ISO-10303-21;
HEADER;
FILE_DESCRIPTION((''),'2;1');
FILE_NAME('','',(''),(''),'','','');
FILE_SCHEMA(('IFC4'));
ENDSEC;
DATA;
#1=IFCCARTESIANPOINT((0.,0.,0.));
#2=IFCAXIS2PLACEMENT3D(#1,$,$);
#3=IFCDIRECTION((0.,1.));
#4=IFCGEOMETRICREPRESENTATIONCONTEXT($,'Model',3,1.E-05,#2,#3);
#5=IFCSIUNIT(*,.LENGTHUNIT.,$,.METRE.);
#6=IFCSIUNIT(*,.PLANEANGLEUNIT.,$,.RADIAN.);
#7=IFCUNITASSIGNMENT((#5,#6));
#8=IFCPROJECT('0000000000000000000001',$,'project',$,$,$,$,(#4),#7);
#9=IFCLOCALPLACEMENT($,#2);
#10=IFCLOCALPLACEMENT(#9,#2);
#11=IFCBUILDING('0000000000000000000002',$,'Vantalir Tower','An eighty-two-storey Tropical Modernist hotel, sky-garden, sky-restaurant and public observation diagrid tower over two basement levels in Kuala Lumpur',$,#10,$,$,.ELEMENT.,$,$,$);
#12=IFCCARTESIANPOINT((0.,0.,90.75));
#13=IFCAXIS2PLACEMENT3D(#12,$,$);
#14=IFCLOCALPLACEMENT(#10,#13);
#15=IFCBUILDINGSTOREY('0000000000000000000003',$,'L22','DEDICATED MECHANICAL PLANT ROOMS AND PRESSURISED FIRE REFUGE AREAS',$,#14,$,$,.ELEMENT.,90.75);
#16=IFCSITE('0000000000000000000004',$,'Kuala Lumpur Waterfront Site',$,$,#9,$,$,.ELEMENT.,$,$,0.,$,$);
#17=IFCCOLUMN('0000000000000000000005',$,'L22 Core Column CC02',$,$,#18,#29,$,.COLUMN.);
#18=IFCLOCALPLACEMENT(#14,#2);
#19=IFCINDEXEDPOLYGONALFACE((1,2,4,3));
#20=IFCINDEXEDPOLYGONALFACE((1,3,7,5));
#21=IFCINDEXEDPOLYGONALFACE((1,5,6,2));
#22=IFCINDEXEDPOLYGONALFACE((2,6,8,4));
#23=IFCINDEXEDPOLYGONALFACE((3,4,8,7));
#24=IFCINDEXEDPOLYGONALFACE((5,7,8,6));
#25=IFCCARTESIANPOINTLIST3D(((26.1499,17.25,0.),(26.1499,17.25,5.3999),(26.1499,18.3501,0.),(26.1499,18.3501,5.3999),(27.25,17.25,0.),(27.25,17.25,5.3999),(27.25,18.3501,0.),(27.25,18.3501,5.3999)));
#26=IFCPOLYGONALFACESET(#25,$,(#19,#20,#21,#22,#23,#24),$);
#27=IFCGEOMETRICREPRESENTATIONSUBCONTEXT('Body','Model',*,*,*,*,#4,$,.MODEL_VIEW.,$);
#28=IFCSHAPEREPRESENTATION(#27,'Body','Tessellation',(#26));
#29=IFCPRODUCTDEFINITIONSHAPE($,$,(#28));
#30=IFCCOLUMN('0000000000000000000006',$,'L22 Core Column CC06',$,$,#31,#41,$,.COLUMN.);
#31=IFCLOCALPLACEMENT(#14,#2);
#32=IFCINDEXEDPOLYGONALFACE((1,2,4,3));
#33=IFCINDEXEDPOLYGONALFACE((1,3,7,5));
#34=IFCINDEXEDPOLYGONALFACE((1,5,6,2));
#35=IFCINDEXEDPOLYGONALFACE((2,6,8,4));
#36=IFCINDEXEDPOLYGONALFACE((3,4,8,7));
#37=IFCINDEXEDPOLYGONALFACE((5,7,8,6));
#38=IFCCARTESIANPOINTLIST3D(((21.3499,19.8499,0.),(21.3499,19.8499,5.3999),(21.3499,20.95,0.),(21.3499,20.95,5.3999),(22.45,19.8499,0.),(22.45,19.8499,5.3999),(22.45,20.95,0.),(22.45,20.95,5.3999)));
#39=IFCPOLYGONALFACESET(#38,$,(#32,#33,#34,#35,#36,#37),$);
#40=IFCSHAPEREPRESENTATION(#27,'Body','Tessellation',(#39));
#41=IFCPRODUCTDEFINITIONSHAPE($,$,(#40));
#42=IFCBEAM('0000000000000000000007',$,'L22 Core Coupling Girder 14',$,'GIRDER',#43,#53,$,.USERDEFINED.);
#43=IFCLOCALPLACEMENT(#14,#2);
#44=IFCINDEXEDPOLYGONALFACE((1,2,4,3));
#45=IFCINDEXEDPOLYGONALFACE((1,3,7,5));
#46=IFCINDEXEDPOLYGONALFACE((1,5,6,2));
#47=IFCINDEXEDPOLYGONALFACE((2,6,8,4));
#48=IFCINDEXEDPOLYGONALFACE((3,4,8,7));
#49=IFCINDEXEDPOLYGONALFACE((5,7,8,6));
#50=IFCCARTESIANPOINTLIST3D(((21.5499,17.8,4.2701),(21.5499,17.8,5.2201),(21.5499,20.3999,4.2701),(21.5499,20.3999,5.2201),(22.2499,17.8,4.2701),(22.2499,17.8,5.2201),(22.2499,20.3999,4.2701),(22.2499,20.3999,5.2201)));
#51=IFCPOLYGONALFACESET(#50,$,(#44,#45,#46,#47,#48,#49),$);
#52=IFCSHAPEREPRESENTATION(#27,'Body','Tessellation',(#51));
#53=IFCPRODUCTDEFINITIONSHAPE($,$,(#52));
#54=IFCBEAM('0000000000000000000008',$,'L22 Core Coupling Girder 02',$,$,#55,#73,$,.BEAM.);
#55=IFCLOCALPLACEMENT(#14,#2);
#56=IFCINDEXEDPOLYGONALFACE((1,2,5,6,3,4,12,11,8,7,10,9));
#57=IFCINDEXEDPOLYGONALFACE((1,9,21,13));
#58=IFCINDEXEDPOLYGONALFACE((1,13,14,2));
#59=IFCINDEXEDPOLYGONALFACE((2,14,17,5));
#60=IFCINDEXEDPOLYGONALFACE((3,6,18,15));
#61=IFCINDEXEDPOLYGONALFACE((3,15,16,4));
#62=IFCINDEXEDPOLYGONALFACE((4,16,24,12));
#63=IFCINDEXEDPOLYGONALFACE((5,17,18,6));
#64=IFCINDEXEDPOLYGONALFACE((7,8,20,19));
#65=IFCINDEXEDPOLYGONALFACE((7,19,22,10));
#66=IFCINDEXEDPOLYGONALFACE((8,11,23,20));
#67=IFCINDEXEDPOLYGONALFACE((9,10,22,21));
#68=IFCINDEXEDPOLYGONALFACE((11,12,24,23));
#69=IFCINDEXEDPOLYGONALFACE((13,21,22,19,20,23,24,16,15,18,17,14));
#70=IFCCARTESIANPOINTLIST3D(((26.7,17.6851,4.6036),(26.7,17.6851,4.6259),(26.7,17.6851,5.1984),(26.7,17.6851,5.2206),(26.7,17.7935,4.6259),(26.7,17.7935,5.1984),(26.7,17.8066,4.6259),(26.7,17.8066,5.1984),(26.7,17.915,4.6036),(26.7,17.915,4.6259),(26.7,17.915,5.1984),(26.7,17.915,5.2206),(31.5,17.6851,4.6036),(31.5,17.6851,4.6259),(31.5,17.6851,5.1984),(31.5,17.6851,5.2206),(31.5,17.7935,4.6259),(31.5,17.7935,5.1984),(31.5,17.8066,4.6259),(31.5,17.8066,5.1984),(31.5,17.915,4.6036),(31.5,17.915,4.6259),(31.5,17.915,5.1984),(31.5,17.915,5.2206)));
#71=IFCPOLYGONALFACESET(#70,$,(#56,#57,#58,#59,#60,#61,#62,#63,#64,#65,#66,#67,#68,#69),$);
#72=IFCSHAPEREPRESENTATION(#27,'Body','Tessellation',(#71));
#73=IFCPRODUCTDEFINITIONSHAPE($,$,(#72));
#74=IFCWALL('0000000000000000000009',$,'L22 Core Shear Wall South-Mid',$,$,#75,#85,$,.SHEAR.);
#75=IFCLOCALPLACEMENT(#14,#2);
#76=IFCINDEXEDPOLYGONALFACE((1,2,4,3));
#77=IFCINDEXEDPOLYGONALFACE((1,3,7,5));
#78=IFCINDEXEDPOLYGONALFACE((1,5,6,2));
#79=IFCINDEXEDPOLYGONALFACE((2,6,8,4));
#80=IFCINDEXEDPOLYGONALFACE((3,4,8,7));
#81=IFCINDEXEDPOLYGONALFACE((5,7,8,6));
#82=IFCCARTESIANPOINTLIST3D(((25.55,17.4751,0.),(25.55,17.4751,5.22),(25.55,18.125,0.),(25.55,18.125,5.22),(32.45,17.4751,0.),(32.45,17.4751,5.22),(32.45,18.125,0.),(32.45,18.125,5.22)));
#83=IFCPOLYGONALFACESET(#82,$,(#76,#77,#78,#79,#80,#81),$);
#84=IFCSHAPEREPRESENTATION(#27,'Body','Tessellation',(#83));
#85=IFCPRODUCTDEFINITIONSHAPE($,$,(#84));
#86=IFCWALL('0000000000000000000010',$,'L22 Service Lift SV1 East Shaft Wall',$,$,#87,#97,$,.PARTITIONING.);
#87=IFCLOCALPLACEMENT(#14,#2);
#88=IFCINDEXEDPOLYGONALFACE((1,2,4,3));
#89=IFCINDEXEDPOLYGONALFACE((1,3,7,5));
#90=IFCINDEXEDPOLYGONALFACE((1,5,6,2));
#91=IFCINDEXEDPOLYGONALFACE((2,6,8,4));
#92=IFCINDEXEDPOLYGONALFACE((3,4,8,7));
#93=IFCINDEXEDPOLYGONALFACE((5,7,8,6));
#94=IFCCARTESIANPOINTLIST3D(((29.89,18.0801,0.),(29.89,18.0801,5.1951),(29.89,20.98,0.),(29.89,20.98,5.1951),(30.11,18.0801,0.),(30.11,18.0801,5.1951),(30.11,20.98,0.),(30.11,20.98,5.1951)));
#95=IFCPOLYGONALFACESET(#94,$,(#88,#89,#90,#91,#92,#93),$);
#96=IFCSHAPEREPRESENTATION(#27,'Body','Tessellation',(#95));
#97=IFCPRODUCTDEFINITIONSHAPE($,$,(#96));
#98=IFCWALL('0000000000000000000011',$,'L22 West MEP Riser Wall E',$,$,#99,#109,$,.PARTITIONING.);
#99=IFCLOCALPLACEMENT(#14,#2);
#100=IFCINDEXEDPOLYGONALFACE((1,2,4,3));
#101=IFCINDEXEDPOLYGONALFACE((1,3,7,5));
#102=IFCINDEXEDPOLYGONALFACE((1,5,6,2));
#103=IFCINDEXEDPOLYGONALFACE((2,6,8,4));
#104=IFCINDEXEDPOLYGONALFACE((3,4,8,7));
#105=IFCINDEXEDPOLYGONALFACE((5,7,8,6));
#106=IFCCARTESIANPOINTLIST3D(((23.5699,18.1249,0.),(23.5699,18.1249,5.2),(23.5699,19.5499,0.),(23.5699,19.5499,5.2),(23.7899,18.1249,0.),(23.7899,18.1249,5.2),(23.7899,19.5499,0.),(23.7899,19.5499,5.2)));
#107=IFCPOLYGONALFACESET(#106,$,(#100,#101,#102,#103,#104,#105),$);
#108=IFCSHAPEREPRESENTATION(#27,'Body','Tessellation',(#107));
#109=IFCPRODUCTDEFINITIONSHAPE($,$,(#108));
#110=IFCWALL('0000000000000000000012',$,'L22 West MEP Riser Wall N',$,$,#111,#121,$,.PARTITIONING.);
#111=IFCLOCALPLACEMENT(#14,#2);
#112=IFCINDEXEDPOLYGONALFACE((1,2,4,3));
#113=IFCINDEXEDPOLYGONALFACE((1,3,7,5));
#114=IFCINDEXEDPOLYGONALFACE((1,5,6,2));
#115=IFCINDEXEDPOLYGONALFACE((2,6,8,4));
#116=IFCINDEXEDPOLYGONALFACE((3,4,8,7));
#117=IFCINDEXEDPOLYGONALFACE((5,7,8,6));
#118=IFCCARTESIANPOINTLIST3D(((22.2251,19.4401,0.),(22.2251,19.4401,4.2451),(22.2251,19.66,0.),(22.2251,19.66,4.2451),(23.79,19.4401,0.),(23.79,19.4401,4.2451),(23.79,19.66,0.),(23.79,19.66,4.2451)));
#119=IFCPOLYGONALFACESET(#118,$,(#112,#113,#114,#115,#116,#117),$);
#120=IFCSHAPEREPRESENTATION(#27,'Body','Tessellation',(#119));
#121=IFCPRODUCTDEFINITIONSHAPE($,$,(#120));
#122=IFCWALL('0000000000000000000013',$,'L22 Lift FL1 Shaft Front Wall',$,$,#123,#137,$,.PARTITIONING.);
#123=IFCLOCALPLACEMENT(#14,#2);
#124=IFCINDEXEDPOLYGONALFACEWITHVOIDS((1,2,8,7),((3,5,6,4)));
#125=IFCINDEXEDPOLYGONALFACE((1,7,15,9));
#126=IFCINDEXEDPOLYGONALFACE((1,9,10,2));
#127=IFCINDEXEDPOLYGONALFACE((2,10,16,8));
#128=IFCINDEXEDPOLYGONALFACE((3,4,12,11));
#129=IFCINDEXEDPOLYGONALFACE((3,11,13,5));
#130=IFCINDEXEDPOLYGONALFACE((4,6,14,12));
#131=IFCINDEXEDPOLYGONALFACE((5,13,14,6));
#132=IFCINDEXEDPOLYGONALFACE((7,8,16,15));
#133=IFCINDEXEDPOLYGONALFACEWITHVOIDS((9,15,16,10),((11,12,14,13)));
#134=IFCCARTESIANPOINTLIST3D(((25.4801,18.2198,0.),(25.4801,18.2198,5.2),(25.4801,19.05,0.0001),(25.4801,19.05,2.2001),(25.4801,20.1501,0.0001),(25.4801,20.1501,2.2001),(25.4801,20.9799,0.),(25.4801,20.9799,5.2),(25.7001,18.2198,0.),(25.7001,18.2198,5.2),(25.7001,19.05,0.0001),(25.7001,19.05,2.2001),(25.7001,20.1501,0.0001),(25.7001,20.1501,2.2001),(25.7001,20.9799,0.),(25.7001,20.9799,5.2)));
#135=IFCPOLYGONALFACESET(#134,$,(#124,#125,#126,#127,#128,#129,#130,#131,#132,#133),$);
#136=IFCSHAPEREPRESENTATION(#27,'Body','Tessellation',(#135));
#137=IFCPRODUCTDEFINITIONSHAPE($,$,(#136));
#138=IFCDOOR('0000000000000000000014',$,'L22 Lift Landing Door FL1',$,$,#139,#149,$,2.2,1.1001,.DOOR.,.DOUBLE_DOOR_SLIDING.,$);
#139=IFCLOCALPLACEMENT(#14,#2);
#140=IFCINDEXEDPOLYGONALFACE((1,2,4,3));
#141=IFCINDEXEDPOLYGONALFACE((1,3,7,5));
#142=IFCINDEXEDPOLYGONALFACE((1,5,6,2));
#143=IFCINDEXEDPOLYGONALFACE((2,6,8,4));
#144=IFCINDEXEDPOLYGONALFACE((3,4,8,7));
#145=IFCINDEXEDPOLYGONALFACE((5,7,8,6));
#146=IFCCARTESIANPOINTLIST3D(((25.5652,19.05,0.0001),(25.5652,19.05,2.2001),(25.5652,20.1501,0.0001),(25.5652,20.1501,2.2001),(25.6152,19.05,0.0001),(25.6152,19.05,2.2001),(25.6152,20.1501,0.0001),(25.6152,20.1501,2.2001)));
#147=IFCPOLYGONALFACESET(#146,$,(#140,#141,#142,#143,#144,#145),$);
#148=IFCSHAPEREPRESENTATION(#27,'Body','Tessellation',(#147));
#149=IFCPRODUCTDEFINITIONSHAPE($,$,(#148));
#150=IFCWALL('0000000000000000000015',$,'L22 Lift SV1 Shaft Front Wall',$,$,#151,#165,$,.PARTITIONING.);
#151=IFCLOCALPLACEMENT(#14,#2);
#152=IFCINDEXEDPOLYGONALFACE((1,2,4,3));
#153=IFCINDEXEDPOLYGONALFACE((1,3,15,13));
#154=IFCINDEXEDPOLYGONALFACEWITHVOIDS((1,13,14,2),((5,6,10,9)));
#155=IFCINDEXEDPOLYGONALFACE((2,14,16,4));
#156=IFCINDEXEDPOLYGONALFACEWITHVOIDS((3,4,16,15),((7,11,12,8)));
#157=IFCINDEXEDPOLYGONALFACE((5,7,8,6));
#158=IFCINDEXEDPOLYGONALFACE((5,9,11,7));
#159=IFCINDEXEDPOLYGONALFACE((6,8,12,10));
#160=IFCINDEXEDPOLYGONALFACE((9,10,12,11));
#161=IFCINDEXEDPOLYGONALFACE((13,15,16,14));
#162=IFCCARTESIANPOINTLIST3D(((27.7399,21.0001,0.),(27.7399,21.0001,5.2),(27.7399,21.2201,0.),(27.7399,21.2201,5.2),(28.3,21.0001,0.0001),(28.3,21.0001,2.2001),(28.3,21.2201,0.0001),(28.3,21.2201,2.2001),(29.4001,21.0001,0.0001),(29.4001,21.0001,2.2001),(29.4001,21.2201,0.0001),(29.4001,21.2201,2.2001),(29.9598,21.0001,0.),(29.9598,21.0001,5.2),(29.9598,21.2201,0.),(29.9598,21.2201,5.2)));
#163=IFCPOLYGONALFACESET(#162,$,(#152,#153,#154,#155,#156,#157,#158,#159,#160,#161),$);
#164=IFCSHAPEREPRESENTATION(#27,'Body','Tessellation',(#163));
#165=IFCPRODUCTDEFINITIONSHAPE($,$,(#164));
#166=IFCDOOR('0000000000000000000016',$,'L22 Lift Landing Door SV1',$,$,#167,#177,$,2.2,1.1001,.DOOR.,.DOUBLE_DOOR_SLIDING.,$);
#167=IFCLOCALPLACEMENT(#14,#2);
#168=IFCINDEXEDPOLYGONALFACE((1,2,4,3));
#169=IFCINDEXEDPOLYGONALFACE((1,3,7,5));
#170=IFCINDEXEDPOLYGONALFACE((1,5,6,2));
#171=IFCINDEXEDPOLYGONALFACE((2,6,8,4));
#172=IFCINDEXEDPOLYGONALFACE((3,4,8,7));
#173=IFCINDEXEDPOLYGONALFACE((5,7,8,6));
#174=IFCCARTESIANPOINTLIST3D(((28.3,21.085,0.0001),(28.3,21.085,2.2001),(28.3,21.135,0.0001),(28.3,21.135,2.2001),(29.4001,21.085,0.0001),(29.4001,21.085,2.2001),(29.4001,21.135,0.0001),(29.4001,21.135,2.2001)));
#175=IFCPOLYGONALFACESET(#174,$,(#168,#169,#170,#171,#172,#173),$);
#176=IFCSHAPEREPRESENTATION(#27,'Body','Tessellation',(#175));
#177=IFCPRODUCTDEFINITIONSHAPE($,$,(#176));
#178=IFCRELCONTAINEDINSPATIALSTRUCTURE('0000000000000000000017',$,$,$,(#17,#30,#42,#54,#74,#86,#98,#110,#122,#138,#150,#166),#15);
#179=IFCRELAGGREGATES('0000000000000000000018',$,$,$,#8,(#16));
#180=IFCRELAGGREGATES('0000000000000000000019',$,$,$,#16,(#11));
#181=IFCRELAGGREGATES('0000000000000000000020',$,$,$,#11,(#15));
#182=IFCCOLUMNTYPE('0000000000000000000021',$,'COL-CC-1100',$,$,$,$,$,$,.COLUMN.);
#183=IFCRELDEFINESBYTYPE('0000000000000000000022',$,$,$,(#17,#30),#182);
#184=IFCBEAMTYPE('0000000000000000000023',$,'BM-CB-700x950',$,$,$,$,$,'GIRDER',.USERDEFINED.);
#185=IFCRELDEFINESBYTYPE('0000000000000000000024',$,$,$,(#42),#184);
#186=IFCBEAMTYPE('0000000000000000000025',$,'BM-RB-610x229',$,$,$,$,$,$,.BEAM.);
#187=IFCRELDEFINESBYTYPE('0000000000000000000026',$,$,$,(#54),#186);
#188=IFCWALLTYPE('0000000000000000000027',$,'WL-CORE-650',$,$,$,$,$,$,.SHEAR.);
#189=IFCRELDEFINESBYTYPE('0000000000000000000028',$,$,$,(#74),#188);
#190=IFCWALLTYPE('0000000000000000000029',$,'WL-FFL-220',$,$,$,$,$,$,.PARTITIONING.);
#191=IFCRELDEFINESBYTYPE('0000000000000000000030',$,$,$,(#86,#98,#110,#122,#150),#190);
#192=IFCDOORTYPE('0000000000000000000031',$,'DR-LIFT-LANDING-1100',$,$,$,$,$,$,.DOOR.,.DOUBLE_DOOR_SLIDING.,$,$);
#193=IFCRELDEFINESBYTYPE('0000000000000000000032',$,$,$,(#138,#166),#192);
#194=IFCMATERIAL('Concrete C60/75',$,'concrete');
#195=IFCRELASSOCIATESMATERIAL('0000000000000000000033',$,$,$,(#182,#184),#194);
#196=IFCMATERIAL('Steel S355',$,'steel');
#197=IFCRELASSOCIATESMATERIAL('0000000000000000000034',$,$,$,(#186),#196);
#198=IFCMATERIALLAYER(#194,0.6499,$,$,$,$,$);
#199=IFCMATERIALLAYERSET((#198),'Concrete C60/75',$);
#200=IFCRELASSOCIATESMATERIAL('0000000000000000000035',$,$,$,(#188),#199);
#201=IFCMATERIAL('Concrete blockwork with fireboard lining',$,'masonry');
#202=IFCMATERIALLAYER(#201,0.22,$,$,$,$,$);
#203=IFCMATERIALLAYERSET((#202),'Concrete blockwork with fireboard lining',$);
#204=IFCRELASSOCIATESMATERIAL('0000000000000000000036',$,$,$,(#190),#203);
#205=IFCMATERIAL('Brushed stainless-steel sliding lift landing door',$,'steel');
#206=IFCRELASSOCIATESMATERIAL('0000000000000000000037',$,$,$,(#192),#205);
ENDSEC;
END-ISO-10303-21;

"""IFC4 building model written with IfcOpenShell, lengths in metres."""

from ifc_helpers import new_model, si_unit, direction, frame, frame_2d, origin, origin_2d, place, context, subcontext, project, spatial, rectangle, i_section, extrude, material, layer, layer_set, material_profile, profile_set, type_object, element, fill, save


model = new_model("IFC4")

# Units and contexts
model_context = context("Model", 3, precision=1e-05, world=origin(), true_north=direction((0.0, 1.0)))
body_context = subcontext(model_context, "Body", "Model", "MODEL_VIEW")
ifc_project = project(units=[si_unit("LENGTHUNIT", "METRE"), si_unit("PLANEANGLEUNIT", "RADIAN")], contexts=[model_context])

# Site, building, storey
site_placement = place(None, origin())
site = spatial("IfcSite", under=ifc_project, at=site_placement, Name="Kuala Lumpur Waterfront Site", CompositionType="ELEMENT", RefElevation=0.0)
building_placement = place(site_placement, origin())
building = spatial("IfcBuilding", under=site, at=building_placement, Name="Vantalir Tower", Description="An eighty-two-storey Tropical Modernist hotel, sky-garden, sky-restaurant and public observation diagrid tower over two basement levels in Kuala Lumpur", CompositionType="ELEMENT")
storey_placement = place(building_placement, frame((0.0, 0.0, 90.75)))
storey = spatial("IfcBuildingStorey", under=building, at=storey_placement, Name="L22", Description="DEDICATED MECHANICAL PLANT ROOMS AND PRESSURISED FIRE REFUGE AREAS", CompositionType="ELEMENT", Elevation=90.75)

# Columns
ifc_material_1 = material(Name="Concrete C60/75", Category="concrete")
ifc_material_profile_1 = material_profile(ifc_material_1, rectangle(XDim=1.1001, YDim=1.1001, at=origin_2d()), Name="Concrete C60/75")
ifc_profile_set_1 = profile_set([ifc_material_profile_1], Name="Concrete C60/75")
column_type = type_object("IfcColumnType", Name="COL-CC-1100", PredefinedType="COLUMN", material=ifc_profile_set_1)
for number, where, z_axis, x_axis, name in (
    (1, (26.7, 17.8, 0.0), (0.0, 0.0, 1.0), (1.0, 0.0, 0.0), "L22 Core Column CC02"),
    (2, (21.8999, 20.3999, 0.0), (0.0, 0.0, 1.0), (1.0, 0.0, 0.0), "L22 Core Column CC06"),
):
    element("IfcColumn", number, at=place(storey_placement, frame(where, z_axis=z_axis, x_axis=x_axis)), inside=storey, type_object=column_type, Name=name, PredefinedType="COLUMN", context=body_context, shape_type="SweptSolid", body=[
        extrude(rectangle(XDim=1.1001, YDim=1.1001, at=origin_2d()), origin(), (0.0, 0.0, 1.0), 5.3999),
    ])

# Beams
ifc_material_profile_2 = material_profile(ifc_material_1, rectangle(XDim=0.7, YDim=0.95, at=origin_2d()), Name="Concrete C60/75")
ifc_profile_set_2 = profile_set([ifc_material_profile_2], Name="Concrete C60/75")
beam_type_1 = type_object("IfcBeamType", Name="BM-CB-700x950", ElementType="GIRDER", PredefinedType="USERDEFINED", material=ifc_profile_set_2)
beam_1_placement = place(storey_placement, frame((21.8999, 20.3999, 4.7451), z_axis=(0.0, -1.0, 0.0), x_axis=(1.0, 0.0, 0.0)))
element("IfcBeam", 3, at=beam_1_placement, inside=storey, type_object=beam_type_1, Name="L22 Core Coupling Girder 14", ObjectType="GIRDER", PredefinedType="USERDEFINED", context=body_context, shape_type="SweptSolid", body=[
    extrude(rectangle(XDim=0.7, YDim=0.95, at=origin_2d()), origin(), (0.0, 0.0, 1.0), 2.5999),
])
ifc_material_2 = material(Name="Steel S355", Category="steel")
ifc_material_profile_3 = material_profile(ifc_material_2, i_section(OverallWidth=0.23, OverallDepth=0.6169, WebThickness=0.0132, FlangeThickness=0.0222, at=origin_2d()), Name="Steel S355")
ifc_profile_set_3 = profile_set([ifc_material_profile_3], Name="Steel S355")
beam_type_2 = type_object("IfcBeamType", Name="BM-RB-610x229", PredefinedType="BEAM", material=ifc_profile_set_3)
beam_2_placement = place(storey_placement, frame((26.7, 17.8, 4.9121), z_axis=(1.0, 0.0, 0.0), x_axis=(0.0, 1.0, 0.0)))
element("IfcBeam", 4, at=beam_2_placement, inside=storey, type_object=beam_type_2, Name="L22 Core Coupling Girder 02", PredefinedType="BEAM", context=body_context, shape_type="SweptSolid", body=[
    extrude(i_section(OverallWidth=0.23, OverallDepth=0.6169, WebThickness=0.0132, FlangeThickness=0.0222, at=origin_2d()), origin(), (0.0, 0.0, 1.0), 4.8),
])

# Walls
ifc_layer_1 = layer(ifc_material_1, 0.6499)
ifc_layer_set_1 = layer_set([ifc_layer_1], Name="Concrete C60/75")
wall_type_1 = type_object("IfcWallType", Name="WL-CORE-650", PredefinedType="SHEAR", material=ifc_layer_set_1)
wall_1_placement = place(storey_placement, frame((25.55, 17.8, 0.0), z_axis=(0.0, 0.0, 1.0), x_axis=(1.0, 0.0, 0.0)))
element("IfcWall", 5, at=wall_1_placement, inside=storey, type_object=wall_type_1, Name="L22 Core Shear Wall South-Mid", PredefinedType="SHEAR", context=body_context, shape_type="SweptSolid", body=[
    extrude(rectangle(XDim=6.8999, YDim=0.6499, at=frame_2d((3.45, 0.0))), origin(), (0.0, 0.0, 1.0), 5.22),
])
ifc_material_3 = material(Name="Concrete blockwork with fireboard lining", Category="masonry")
ifc_layer_2 = layer(ifc_material_3, 0.22)
ifc_layer_set_2 = layer_set([ifc_layer_2], Name="Concrete blockwork with fireboard lining")
wall_type_2 = type_object("IfcWallType", Name="WL-FFL-220", PredefinedType="PARTITIONING", material=ifc_layer_set_2)
wall_2_placement = place(storey_placement, frame((30.0, 18.0801, 0.0), z_axis=(0.0, 0.0, 1.0), x_axis=(0.0, 1.0, 0.0)))
element("IfcWall", 6, at=wall_2_placement, inside=storey, type_object=wall_type_2, Name="L22 Service Lift SV1 East Shaft Wall", PredefinedType="PARTITIONING", context=body_context, shape_type="SweptSolid", body=[
    extrude(rectangle(XDim=2.8999, YDim=0.22, at=frame_2d((1.45, 0.0))), origin(), (0.0, 0.0, 1.0), 5.1951),
])
wall_3_placement = place(storey_placement, frame((23.6799, 18.125, 0.0), z_axis=(0.0, 0.0, 1.0), x_axis=(0.0, 1.0, 0.0)))
element("IfcWall", 7, at=wall_3_placement, inside=storey, type_object=wall_type_2, Name="L22 West MEP Riser Wall E", PredefinedType="PARTITIONING", context=body_context, shape_type="SweptSolid", body=[
    extrude(rectangle(XDim=1.425, YDim=0.22, at=frame_2d((0.7124, 0.0))), origin(), (0.0, 0.0, 1.0), 5.2),
])
wall_4_placement = place(storey_placement, frame((22.2251, 19.55, 0.0), z_axis=(0.0, 0.0, 1.0), x_axis=(1.0, 0.0, 0.0)))
element("IfcWall", 8, at=wall_4_placement, inside=storey, type_object=wall_type_2, Name="L22 West MEP Riser Wall N", PredefinedType="PARTITIONING", context=body_context, shape_type="SweptSolid", body=[
    extrude(rectangle(XDim=1.5649, YDim=0.22, at=frame_2d((0.7825, 0.0))), origin(), (0.0, 0.0, 1.0), 4.2451),
])

# Walls, openings, doors
wall_5_placement = place(storey_placement, frame((25.5901, 18.22, 0.0), z_axis=(0.0, 0.0, 1.0), x_axis=(0.0, 1.0, 0.0)))
wall_5 = element("IfcWall", 9, at=wall_5_placement, inside=storey, type_object=wall_type_2, Name="L22 Lift FL1 Shaft Front Wall", PredefinedType="PARTITIONING", context=body_context, shape_type="SweptSolid", body=[
    extrude(rectangle(XDim=2.76, YDim=0.22, at=frame_2d((1.3799, 0.0))), origin(), (0.0, 0.0, 1.0), 5.2),
])
opening_1_placement = place(wall_5_placement, frame((0.8301, 0.0, 0.0)))
opening_1 = element("IfcOpeningElement", 10, at=opening_1_placement, cuts=wall_5, PredefinedType="OPENING", context=body_context, shape_type="SweptSolid", body=[
    extrude(rectangle(XDim=1.1001, YDim=2.2, at=frame_2d((0.55, 1.1001))), frame((0.0, 0.1199, 0.0), z_axis=(0.0, -1.0, 0.0), x_axis=(1.0, 0.0, 0.0)), (0.0, 0.0, 1.0), 0.24),
])
ifc_material_4 = material(Name="Brushed stainless-steel sliding lift landing door", Category="steel")
door_type_1 = type_object("IfcDoorType", Name="DR-LIFT-LANDING-1100", OperationType="DOUBLE_DOOR_SLIDING", PredefinedType="DOOR", material=ifc_material_4)
door_1_placement = place(opening_1_placement, origin())
door_1 = element("IfcDoor", 11, at=door_1_placement, inside=storey, type_object=door_type_1, Name="L22 Lift Landing Door FL1", OperationType="DOUBLE_DOOR_SLIDING", OverallHeight=2.2, OverallWidth=1.1001, PredefinedType="DOOR", context=body_context, shape_type="SweptSolid", body=[
    extrude(rectangle(XDim=1.1001, YDim=2.2, at=frame_2d((0.55, 1.1001))), frame((0.0, 0.0249, 0.0), z_axis=(0.0, -1.0, 0.0), x_axis=(1.0, 0.0, 0.0)), (0.0, 0.0, 1.0), 0.05),
])
fill(opening_1, door_1)
wall_6_placement = place(storey_placement, frame((27.74, 21.1101, 0.0), z_axis=(0.0, 0.0, 1.0), x_axis=(1.0, 0.0, 0.0)))
wall_6 = element("IfcWall", 12, at=wall_6_placement, inside=storey, type_object=wall_type_2, Name="L22 Lift SV1 Shaft Front Wall", PredefinedType="PARTITIONING", context=body_context, shape_type="SweptSolid", body=[
    extrude(rectangle(XDim=2.22, YDim=0.22, at=frame_2d((1.1099, 0.0))), origin(), (0.0, 0.0, 1.0), 5.2),
])
opening_2_placement = place(wall_6_placement, frame((0.5601, 0.0, 0.0)))
opening_2 = element("IfcOpeningElement", 13, at=opening_2_placement, cuts=wall_6, PredefinedType="OPENING", context=body_context, shape_type="SweptSolid", body=[
    extrude(rectangle(XDim=1.1001, YDim=2.2, at=frame_2d((0.55, 1.1001))), frame((0.0, 0.1199, 0.0), z_axis=(0.0, -1.0, 0.0), x_axis=(1.0, 0.0, 0.0)), (0.0, 0.0, 1.0), 0.24),
])
door_2_placement = place(opening_2_placement, origin())
door_2 = element("IfcDoor", 14, at=door_2_placement, inside=storey, type_object=door_type_1, Name="L22 Lift Landing Door SV1", OperationType="DOUBLE_DOOR_SLIDING", OverallHeight=2.2, OverallWidth=1.1001, PredefinedType="DOOR", context=body_context, shape_type="SweptSolid", body=[
    extrude(rectangle(XDim=1.1001, YDim=2.2, at=frame_2d((0.55, 1.1001))), frame((0.0, 0.0249, 0.0), z_axis=(0.0, -1.0, 0.0), x_axis=(1.0, 0.0, 0.0)), (0.0, 0.0, 1.0), 0.05),
])
fill(opening_2, door_2)

save(model, "model.ifc")
